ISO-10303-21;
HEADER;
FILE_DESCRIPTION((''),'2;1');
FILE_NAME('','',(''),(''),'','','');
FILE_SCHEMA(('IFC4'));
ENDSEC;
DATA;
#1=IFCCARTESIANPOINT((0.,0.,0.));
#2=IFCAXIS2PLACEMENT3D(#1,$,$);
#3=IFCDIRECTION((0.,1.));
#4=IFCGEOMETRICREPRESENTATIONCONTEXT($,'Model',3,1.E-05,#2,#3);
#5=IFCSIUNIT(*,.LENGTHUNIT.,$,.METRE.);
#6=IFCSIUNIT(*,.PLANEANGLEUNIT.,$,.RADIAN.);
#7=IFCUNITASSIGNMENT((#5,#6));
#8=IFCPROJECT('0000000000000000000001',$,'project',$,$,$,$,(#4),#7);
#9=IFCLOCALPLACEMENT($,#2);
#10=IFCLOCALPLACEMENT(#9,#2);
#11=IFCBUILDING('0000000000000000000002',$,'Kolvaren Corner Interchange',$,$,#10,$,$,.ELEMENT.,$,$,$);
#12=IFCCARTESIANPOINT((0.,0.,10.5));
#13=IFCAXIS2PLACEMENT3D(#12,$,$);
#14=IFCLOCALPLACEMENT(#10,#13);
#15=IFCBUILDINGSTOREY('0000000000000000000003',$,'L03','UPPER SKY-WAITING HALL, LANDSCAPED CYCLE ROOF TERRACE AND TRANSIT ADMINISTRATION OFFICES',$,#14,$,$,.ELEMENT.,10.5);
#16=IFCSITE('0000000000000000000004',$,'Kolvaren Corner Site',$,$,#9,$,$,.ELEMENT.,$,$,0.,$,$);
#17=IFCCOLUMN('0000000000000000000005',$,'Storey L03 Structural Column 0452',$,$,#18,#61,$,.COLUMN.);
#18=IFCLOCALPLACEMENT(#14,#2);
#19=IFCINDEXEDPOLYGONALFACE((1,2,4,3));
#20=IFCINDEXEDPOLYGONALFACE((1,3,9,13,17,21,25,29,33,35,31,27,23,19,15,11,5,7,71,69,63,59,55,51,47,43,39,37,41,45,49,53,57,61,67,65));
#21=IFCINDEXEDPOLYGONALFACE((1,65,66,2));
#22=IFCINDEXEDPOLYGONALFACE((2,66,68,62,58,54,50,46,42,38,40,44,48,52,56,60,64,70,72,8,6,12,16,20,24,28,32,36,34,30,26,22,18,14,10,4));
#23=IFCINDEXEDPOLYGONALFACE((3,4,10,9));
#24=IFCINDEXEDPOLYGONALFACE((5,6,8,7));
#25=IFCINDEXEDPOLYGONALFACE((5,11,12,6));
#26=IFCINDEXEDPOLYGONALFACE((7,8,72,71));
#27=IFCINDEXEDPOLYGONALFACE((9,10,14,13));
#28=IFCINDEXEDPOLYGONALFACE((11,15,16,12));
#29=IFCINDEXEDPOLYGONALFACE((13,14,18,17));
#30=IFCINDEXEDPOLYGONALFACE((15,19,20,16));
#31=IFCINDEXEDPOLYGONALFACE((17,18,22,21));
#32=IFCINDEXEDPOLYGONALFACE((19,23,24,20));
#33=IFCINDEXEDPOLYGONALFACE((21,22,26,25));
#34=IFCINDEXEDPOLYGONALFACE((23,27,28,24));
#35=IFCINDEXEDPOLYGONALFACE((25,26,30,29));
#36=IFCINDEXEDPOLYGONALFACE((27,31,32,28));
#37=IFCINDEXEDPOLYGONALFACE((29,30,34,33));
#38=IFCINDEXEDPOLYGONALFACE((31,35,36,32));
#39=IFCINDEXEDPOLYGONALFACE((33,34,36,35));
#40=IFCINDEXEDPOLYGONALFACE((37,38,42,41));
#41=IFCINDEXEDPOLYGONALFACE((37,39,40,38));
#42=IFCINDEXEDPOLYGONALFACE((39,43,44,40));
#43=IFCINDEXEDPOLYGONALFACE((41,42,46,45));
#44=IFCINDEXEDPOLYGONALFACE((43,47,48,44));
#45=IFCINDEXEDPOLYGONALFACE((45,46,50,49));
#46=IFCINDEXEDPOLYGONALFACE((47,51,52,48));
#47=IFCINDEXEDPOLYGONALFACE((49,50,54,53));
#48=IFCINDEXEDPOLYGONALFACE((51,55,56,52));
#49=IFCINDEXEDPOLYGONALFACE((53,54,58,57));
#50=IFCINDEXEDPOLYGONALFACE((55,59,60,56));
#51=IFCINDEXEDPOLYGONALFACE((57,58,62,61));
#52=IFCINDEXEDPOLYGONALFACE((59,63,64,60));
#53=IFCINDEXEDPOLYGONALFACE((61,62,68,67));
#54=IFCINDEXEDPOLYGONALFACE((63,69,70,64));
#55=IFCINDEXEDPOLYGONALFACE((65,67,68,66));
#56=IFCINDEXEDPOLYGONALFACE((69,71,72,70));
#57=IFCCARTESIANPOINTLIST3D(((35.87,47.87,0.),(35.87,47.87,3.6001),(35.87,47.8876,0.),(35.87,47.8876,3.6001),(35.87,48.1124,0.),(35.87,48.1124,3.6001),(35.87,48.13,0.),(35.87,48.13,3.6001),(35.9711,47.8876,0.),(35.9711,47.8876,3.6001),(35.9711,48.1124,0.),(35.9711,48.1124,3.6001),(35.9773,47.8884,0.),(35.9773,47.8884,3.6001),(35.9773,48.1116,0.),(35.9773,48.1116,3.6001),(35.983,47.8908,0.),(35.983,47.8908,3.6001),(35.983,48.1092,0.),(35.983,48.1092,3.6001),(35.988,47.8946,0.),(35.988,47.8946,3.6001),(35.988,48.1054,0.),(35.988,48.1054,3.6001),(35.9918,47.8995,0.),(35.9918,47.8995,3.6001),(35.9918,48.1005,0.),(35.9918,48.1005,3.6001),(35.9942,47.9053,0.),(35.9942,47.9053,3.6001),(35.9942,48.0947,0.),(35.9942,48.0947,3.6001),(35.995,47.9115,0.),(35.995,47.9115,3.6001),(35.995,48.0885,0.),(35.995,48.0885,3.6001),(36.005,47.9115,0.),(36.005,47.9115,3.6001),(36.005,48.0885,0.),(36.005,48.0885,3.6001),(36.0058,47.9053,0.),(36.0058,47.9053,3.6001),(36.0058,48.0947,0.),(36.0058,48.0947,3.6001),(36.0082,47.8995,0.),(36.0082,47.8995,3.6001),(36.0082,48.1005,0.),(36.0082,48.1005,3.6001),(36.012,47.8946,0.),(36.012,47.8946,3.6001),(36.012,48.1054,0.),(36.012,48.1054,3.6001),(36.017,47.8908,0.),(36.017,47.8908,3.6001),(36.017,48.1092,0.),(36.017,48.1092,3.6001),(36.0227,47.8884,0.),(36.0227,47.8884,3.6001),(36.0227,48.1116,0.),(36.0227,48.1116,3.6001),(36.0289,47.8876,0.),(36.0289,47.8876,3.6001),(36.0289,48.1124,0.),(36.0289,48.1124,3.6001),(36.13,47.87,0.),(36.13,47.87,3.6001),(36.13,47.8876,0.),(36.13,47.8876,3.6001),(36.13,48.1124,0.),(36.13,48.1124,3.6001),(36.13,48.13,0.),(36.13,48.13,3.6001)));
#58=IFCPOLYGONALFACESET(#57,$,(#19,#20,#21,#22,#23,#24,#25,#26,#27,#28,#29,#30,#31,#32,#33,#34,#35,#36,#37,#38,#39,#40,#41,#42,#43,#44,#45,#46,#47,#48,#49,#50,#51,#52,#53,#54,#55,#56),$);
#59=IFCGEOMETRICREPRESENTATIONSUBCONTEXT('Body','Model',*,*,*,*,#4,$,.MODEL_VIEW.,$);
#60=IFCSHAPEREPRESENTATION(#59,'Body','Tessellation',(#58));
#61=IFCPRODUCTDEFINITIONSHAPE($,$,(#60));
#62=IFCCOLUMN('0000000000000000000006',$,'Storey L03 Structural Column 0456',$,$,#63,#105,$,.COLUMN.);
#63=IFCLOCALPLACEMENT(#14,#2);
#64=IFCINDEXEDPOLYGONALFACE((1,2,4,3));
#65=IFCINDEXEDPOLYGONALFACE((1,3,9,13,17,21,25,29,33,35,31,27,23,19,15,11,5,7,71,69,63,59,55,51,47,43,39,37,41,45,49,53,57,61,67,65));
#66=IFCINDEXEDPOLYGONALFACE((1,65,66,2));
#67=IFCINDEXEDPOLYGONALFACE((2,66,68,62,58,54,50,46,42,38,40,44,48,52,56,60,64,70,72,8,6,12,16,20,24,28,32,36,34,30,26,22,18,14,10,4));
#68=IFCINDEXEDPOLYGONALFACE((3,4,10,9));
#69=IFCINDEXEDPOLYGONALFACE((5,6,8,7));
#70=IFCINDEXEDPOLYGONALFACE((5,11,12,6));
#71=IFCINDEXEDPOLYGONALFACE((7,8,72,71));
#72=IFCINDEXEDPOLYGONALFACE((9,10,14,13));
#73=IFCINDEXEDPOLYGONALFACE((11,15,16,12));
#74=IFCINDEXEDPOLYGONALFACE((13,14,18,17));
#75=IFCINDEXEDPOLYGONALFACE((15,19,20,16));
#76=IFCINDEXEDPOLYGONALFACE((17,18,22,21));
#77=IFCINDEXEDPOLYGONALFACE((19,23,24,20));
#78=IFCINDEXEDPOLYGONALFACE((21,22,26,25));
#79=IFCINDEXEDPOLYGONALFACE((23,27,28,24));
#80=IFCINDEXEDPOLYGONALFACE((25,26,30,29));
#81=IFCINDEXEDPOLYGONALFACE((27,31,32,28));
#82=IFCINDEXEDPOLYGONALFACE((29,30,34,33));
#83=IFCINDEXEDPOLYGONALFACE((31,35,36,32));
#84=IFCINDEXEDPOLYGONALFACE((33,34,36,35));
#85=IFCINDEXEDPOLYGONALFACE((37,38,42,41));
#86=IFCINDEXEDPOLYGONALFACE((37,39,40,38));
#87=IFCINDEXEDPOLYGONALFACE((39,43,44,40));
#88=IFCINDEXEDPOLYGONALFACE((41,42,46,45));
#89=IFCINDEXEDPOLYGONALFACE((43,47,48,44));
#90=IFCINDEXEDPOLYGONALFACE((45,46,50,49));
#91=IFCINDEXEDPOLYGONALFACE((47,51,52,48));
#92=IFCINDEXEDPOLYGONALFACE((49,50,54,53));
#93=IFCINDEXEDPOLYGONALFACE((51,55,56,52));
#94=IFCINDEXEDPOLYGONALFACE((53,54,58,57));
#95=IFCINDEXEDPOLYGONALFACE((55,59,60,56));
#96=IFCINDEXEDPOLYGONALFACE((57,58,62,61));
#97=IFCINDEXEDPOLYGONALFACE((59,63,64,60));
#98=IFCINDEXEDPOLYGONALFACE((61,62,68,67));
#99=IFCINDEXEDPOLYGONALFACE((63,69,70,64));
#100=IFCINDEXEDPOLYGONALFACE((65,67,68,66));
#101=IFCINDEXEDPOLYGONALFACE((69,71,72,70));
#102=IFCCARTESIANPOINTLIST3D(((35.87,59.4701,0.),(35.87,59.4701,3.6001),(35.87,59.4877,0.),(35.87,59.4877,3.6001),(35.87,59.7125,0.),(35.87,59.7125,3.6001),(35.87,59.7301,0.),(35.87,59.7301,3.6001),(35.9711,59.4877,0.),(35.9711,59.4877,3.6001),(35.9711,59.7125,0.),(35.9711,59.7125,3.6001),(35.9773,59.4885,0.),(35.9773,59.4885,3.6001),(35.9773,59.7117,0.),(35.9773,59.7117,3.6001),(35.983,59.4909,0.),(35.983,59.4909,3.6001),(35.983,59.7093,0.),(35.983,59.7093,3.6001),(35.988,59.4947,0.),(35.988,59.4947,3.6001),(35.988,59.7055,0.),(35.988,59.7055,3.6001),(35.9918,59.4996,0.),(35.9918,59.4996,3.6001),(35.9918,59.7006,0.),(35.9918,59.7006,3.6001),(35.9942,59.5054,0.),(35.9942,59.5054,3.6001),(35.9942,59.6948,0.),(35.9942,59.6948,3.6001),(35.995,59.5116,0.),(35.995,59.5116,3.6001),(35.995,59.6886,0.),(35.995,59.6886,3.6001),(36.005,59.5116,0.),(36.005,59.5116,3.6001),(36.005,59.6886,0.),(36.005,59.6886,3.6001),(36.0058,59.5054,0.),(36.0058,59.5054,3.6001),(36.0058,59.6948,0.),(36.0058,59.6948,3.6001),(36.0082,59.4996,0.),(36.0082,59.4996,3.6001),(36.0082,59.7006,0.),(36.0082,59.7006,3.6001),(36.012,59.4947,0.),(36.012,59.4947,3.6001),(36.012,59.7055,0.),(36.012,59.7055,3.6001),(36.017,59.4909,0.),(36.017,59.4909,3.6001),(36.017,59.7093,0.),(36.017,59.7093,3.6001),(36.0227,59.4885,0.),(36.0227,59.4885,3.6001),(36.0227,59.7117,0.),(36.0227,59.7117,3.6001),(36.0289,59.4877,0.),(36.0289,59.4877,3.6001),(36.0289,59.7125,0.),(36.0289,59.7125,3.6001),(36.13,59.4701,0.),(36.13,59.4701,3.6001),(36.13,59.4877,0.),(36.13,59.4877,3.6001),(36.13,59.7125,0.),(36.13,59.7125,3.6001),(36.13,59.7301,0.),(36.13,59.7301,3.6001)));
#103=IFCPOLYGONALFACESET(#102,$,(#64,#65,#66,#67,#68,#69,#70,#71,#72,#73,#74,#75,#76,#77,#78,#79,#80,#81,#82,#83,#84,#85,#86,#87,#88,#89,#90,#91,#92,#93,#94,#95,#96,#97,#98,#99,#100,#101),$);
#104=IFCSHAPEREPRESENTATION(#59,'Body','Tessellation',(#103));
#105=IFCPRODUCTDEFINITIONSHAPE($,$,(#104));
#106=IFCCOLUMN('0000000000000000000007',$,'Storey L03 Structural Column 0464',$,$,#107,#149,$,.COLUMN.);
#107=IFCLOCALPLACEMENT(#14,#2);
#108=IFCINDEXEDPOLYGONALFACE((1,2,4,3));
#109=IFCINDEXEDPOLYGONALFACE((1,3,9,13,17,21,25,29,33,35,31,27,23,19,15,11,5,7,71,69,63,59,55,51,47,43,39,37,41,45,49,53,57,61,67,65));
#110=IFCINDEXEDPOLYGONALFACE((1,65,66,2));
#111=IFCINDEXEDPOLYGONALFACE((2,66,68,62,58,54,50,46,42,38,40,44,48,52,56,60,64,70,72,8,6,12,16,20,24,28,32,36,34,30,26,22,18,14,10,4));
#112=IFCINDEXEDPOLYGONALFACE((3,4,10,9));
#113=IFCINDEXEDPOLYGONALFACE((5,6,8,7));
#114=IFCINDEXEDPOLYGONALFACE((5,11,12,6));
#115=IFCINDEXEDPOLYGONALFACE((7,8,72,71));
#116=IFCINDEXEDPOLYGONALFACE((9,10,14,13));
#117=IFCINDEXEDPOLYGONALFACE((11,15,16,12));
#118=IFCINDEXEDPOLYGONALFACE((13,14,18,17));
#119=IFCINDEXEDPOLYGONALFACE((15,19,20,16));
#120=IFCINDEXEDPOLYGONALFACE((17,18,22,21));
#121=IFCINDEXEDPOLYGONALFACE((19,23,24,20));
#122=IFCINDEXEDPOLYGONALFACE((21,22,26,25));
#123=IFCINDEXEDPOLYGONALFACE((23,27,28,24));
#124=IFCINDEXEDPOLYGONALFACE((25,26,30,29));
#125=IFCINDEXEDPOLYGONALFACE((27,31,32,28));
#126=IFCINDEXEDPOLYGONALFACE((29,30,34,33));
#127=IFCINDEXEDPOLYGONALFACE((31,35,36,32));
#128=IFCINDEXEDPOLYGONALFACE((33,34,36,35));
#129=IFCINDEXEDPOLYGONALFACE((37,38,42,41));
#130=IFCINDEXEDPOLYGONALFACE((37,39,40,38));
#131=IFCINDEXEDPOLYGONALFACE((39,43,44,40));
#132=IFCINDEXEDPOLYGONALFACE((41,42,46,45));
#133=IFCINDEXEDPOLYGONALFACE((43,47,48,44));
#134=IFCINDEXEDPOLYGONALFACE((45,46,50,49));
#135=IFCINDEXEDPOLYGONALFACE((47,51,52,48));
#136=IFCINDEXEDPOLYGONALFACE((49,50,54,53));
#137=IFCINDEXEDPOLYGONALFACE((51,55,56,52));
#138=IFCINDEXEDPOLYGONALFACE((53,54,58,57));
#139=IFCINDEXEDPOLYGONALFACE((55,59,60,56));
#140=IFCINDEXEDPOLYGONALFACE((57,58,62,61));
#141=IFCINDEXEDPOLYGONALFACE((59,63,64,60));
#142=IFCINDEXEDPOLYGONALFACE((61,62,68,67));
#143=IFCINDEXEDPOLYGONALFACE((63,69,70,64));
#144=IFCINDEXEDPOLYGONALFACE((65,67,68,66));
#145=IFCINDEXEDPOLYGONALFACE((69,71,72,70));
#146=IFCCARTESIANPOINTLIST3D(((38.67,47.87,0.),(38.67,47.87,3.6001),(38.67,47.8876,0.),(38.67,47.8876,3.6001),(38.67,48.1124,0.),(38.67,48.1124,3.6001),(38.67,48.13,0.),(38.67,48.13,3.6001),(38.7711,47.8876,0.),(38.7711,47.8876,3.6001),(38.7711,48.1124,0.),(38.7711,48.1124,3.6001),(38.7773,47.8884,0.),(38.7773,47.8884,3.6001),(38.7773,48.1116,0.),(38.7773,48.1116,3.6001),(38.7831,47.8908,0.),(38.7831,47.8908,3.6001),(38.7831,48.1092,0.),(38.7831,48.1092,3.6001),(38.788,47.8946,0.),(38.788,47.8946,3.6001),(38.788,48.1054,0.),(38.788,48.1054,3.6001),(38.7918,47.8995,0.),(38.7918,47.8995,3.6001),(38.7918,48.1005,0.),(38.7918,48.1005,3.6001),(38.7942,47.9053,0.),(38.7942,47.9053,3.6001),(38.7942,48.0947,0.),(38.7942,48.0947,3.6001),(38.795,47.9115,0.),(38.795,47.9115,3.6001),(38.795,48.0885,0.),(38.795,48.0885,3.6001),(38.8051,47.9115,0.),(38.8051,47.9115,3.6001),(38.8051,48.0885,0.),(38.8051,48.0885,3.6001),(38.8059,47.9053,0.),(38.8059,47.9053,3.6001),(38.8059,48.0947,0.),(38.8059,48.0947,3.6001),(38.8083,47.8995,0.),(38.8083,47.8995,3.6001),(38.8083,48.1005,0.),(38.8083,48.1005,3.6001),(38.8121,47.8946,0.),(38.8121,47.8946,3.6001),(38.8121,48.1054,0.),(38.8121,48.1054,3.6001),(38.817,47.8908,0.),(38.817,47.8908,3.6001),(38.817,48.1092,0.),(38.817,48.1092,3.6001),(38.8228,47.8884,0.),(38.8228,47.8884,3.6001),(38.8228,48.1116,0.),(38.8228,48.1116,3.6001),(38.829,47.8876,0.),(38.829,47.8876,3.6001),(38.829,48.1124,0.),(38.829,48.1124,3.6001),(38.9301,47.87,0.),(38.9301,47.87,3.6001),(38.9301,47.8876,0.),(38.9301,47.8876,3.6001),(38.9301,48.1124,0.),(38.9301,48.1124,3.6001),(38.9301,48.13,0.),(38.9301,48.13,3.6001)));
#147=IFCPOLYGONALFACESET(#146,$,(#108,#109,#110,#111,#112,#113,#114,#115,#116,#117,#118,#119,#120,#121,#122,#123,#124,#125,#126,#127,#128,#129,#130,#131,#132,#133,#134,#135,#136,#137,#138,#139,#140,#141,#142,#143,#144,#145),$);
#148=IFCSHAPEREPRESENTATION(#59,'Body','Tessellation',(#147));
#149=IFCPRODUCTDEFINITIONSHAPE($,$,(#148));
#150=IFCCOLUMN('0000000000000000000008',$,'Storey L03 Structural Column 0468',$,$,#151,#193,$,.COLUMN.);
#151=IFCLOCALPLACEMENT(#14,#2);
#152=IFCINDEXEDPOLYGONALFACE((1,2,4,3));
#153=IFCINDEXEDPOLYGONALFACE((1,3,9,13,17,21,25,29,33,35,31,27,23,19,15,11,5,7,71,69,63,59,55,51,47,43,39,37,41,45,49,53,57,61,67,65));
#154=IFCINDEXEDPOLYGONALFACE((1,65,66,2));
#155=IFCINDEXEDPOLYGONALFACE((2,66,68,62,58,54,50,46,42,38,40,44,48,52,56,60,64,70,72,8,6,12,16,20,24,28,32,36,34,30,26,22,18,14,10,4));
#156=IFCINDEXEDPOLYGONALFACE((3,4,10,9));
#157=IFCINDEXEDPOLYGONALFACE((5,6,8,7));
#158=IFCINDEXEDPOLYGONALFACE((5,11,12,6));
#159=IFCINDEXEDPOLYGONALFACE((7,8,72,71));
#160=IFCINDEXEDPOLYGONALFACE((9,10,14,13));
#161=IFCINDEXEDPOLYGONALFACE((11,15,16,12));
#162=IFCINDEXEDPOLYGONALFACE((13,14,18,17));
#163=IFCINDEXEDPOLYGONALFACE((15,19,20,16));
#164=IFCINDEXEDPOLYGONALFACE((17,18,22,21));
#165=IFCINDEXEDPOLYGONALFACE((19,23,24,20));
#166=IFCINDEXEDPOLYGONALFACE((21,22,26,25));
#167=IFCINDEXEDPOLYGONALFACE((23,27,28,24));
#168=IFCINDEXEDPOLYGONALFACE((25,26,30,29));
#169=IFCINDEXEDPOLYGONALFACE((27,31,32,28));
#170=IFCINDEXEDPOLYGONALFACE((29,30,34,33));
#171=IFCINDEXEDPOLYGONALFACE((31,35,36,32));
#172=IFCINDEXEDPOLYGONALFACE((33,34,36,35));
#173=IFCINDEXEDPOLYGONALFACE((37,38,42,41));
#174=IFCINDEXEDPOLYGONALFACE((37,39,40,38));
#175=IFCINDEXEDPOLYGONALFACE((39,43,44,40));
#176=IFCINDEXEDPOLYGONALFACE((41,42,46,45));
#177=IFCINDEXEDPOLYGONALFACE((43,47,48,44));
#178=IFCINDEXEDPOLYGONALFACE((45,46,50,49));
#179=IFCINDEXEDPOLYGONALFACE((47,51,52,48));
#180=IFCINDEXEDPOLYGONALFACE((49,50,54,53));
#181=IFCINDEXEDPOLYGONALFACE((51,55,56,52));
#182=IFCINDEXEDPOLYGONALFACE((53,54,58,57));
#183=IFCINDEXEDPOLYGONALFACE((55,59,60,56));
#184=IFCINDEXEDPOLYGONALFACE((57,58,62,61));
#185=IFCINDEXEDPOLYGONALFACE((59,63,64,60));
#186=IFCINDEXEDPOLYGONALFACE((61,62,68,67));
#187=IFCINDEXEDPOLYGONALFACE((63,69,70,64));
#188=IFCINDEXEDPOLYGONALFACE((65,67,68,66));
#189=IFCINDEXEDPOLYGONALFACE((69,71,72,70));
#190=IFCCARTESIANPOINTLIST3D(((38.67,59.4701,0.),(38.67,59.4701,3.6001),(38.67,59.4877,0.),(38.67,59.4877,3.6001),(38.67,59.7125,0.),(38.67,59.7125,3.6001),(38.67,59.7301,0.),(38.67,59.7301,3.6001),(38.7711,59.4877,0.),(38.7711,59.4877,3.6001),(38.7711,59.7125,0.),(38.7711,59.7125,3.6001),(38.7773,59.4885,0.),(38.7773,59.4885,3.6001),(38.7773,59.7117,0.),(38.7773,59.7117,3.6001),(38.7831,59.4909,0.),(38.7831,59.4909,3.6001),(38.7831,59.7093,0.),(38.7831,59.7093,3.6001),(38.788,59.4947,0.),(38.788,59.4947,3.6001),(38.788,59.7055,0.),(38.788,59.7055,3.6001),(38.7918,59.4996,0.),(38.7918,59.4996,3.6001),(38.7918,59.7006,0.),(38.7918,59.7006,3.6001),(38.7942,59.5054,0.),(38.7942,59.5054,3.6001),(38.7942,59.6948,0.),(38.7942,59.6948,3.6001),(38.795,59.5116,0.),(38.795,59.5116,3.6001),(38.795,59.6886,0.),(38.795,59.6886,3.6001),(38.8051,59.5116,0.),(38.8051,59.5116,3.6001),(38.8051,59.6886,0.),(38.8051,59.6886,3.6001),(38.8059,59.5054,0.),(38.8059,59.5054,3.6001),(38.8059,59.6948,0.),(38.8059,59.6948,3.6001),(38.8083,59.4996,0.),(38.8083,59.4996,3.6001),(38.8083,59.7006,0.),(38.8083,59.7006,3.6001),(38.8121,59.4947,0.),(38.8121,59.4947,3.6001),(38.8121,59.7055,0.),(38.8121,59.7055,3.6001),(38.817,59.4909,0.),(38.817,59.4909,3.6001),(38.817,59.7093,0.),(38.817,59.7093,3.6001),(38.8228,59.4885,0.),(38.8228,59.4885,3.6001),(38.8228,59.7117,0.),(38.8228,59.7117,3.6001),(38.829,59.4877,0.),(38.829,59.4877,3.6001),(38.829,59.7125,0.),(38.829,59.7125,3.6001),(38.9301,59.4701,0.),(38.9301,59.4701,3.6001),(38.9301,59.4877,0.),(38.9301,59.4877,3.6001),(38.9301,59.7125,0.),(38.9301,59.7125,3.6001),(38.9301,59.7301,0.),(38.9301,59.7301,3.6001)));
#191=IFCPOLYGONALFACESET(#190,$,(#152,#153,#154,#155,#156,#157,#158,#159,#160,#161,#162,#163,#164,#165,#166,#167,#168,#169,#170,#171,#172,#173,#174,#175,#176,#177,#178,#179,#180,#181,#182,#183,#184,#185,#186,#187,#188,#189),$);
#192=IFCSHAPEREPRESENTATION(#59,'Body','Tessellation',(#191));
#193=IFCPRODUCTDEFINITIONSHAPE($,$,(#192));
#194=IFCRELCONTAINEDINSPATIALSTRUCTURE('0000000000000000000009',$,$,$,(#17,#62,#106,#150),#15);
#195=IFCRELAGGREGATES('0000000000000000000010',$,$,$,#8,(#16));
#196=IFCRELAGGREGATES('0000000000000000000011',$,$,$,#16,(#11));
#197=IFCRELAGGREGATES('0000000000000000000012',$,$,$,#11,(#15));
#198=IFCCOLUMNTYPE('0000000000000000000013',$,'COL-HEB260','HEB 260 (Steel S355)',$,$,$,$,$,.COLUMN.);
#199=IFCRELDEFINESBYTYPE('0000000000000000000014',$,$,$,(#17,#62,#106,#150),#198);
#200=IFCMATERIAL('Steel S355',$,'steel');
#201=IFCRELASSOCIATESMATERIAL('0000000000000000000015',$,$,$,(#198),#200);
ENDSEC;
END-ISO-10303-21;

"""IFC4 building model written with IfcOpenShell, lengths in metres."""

from ifc_helpers import new_model, si_unit, direction, frame, origin, origin_2d, place, context, subcontext, project, spatial, i_section, extrude, material, material_profile, profile_set, type_object, element, save


model = new_model("IFC4")

# Units and contexts
model_context = context("Model", 3, precision=1e-05, world=origin(), true_north=direction((0.0, 1.0)))
body_context = subcontext(model_context, "Body", "Model", "MODEL_VIEW")
ifc_project = project(units=[si_unit("LENGTHUNIT", "METRE"), si_unit("PLANEANGLEUNIT", "RADIAN")], contexts=[model_context])

# Site, building, storey
site_placement = place(None, origin())
site = spatial("IfcSite", under=ifc_project, at=site_placement, Name="Kolvaren Corner Site", CompositionType="ELEMENT", RefElevation=0.0)
building_placement = place(site_placement, origin())
building = spatial("IfcBuilding", under=site, at=building_placement, Name="Kolvaren Corner Interchange", CompositionType="ELEMENT")
storey_placement = place(building_placement, frame((0.0, 0.0, 10.5)))
storey = spatial("IfcBuildingStorey", under=building, at=storey_placement, Name="L03", Description="UPPER SKY-WAITING HALL, LANDSCAPED CYCLE ROOF TERRACE AND TRANSIT ADMINISTRATION OFFICES", CompositionType="ELEMENT", Elevation=10.5)

# Columns
ifc_material_1 = material(Name="Steel S355", Category="steel")
ifc_material_profile_1 = material_profile(ifc_material_1, i_section(OverallWidth=0.26, OverallDepth=0.26, WebThickness=0.01, FlangeThickness=0.0176, FilletRadius=0.0239, at=origin_2d()), Name="HEB 260")
ifc_profile_set_1 = profile_set([ifc_material_profile_1], Name="Steel S355")
column_type_1 = type_object("IfcColumnType", Name="COL-HEB260", Description="HEB 260 (Steel S355)", PredefinedType="COLUMN", material=ifc_profile_set_1)
for number, where, z_axis, x_axis, name in (
    (1, (36.0, 48.0, 0.0), (0.0, 0.0, 1.0), (1.0, 0.0, 0.0), "Storey L03 Structural Column 0452"),
    (2, (36.0, 59.6001, 0.0), (0.0, 0.0, 1.0), (1.0, 0.0, 0.0), "Storey L03 Structural Column 0456"),
    (3, (38.8, 48.0, 0.0), (0.0, 0.0, 1.0), (1.0, 0.0, 0.0), "Storey L03 Structural Column 0464"),
    (4, (38.8, 59.6001, 0.0), (0.0, 0.0, 1.0), (1.0, 0.0, 0.0), "Storey L03 Structural Column 0468"),
):
    element("IfcColumn", number, at=place(storey_placement, frame(where, z_axis=z_axis, x_axis=x_axis)), inside=storey, type_object=column_type_1, Name=name, PredefinedType="COLUMN", context=body_context, shape_type="SweptSolid", body=[
        extrude(i_section(OverallWidth=0.26, OverallDepth=0.26, WebThickness=0.01, FlangeThickness=0.0176, FilletRadius=0.0239, at=origin_2d()), origin(), (0.0, 0.0, 1.0), 3.6001),
    ])

save(model, "model.ifc")
